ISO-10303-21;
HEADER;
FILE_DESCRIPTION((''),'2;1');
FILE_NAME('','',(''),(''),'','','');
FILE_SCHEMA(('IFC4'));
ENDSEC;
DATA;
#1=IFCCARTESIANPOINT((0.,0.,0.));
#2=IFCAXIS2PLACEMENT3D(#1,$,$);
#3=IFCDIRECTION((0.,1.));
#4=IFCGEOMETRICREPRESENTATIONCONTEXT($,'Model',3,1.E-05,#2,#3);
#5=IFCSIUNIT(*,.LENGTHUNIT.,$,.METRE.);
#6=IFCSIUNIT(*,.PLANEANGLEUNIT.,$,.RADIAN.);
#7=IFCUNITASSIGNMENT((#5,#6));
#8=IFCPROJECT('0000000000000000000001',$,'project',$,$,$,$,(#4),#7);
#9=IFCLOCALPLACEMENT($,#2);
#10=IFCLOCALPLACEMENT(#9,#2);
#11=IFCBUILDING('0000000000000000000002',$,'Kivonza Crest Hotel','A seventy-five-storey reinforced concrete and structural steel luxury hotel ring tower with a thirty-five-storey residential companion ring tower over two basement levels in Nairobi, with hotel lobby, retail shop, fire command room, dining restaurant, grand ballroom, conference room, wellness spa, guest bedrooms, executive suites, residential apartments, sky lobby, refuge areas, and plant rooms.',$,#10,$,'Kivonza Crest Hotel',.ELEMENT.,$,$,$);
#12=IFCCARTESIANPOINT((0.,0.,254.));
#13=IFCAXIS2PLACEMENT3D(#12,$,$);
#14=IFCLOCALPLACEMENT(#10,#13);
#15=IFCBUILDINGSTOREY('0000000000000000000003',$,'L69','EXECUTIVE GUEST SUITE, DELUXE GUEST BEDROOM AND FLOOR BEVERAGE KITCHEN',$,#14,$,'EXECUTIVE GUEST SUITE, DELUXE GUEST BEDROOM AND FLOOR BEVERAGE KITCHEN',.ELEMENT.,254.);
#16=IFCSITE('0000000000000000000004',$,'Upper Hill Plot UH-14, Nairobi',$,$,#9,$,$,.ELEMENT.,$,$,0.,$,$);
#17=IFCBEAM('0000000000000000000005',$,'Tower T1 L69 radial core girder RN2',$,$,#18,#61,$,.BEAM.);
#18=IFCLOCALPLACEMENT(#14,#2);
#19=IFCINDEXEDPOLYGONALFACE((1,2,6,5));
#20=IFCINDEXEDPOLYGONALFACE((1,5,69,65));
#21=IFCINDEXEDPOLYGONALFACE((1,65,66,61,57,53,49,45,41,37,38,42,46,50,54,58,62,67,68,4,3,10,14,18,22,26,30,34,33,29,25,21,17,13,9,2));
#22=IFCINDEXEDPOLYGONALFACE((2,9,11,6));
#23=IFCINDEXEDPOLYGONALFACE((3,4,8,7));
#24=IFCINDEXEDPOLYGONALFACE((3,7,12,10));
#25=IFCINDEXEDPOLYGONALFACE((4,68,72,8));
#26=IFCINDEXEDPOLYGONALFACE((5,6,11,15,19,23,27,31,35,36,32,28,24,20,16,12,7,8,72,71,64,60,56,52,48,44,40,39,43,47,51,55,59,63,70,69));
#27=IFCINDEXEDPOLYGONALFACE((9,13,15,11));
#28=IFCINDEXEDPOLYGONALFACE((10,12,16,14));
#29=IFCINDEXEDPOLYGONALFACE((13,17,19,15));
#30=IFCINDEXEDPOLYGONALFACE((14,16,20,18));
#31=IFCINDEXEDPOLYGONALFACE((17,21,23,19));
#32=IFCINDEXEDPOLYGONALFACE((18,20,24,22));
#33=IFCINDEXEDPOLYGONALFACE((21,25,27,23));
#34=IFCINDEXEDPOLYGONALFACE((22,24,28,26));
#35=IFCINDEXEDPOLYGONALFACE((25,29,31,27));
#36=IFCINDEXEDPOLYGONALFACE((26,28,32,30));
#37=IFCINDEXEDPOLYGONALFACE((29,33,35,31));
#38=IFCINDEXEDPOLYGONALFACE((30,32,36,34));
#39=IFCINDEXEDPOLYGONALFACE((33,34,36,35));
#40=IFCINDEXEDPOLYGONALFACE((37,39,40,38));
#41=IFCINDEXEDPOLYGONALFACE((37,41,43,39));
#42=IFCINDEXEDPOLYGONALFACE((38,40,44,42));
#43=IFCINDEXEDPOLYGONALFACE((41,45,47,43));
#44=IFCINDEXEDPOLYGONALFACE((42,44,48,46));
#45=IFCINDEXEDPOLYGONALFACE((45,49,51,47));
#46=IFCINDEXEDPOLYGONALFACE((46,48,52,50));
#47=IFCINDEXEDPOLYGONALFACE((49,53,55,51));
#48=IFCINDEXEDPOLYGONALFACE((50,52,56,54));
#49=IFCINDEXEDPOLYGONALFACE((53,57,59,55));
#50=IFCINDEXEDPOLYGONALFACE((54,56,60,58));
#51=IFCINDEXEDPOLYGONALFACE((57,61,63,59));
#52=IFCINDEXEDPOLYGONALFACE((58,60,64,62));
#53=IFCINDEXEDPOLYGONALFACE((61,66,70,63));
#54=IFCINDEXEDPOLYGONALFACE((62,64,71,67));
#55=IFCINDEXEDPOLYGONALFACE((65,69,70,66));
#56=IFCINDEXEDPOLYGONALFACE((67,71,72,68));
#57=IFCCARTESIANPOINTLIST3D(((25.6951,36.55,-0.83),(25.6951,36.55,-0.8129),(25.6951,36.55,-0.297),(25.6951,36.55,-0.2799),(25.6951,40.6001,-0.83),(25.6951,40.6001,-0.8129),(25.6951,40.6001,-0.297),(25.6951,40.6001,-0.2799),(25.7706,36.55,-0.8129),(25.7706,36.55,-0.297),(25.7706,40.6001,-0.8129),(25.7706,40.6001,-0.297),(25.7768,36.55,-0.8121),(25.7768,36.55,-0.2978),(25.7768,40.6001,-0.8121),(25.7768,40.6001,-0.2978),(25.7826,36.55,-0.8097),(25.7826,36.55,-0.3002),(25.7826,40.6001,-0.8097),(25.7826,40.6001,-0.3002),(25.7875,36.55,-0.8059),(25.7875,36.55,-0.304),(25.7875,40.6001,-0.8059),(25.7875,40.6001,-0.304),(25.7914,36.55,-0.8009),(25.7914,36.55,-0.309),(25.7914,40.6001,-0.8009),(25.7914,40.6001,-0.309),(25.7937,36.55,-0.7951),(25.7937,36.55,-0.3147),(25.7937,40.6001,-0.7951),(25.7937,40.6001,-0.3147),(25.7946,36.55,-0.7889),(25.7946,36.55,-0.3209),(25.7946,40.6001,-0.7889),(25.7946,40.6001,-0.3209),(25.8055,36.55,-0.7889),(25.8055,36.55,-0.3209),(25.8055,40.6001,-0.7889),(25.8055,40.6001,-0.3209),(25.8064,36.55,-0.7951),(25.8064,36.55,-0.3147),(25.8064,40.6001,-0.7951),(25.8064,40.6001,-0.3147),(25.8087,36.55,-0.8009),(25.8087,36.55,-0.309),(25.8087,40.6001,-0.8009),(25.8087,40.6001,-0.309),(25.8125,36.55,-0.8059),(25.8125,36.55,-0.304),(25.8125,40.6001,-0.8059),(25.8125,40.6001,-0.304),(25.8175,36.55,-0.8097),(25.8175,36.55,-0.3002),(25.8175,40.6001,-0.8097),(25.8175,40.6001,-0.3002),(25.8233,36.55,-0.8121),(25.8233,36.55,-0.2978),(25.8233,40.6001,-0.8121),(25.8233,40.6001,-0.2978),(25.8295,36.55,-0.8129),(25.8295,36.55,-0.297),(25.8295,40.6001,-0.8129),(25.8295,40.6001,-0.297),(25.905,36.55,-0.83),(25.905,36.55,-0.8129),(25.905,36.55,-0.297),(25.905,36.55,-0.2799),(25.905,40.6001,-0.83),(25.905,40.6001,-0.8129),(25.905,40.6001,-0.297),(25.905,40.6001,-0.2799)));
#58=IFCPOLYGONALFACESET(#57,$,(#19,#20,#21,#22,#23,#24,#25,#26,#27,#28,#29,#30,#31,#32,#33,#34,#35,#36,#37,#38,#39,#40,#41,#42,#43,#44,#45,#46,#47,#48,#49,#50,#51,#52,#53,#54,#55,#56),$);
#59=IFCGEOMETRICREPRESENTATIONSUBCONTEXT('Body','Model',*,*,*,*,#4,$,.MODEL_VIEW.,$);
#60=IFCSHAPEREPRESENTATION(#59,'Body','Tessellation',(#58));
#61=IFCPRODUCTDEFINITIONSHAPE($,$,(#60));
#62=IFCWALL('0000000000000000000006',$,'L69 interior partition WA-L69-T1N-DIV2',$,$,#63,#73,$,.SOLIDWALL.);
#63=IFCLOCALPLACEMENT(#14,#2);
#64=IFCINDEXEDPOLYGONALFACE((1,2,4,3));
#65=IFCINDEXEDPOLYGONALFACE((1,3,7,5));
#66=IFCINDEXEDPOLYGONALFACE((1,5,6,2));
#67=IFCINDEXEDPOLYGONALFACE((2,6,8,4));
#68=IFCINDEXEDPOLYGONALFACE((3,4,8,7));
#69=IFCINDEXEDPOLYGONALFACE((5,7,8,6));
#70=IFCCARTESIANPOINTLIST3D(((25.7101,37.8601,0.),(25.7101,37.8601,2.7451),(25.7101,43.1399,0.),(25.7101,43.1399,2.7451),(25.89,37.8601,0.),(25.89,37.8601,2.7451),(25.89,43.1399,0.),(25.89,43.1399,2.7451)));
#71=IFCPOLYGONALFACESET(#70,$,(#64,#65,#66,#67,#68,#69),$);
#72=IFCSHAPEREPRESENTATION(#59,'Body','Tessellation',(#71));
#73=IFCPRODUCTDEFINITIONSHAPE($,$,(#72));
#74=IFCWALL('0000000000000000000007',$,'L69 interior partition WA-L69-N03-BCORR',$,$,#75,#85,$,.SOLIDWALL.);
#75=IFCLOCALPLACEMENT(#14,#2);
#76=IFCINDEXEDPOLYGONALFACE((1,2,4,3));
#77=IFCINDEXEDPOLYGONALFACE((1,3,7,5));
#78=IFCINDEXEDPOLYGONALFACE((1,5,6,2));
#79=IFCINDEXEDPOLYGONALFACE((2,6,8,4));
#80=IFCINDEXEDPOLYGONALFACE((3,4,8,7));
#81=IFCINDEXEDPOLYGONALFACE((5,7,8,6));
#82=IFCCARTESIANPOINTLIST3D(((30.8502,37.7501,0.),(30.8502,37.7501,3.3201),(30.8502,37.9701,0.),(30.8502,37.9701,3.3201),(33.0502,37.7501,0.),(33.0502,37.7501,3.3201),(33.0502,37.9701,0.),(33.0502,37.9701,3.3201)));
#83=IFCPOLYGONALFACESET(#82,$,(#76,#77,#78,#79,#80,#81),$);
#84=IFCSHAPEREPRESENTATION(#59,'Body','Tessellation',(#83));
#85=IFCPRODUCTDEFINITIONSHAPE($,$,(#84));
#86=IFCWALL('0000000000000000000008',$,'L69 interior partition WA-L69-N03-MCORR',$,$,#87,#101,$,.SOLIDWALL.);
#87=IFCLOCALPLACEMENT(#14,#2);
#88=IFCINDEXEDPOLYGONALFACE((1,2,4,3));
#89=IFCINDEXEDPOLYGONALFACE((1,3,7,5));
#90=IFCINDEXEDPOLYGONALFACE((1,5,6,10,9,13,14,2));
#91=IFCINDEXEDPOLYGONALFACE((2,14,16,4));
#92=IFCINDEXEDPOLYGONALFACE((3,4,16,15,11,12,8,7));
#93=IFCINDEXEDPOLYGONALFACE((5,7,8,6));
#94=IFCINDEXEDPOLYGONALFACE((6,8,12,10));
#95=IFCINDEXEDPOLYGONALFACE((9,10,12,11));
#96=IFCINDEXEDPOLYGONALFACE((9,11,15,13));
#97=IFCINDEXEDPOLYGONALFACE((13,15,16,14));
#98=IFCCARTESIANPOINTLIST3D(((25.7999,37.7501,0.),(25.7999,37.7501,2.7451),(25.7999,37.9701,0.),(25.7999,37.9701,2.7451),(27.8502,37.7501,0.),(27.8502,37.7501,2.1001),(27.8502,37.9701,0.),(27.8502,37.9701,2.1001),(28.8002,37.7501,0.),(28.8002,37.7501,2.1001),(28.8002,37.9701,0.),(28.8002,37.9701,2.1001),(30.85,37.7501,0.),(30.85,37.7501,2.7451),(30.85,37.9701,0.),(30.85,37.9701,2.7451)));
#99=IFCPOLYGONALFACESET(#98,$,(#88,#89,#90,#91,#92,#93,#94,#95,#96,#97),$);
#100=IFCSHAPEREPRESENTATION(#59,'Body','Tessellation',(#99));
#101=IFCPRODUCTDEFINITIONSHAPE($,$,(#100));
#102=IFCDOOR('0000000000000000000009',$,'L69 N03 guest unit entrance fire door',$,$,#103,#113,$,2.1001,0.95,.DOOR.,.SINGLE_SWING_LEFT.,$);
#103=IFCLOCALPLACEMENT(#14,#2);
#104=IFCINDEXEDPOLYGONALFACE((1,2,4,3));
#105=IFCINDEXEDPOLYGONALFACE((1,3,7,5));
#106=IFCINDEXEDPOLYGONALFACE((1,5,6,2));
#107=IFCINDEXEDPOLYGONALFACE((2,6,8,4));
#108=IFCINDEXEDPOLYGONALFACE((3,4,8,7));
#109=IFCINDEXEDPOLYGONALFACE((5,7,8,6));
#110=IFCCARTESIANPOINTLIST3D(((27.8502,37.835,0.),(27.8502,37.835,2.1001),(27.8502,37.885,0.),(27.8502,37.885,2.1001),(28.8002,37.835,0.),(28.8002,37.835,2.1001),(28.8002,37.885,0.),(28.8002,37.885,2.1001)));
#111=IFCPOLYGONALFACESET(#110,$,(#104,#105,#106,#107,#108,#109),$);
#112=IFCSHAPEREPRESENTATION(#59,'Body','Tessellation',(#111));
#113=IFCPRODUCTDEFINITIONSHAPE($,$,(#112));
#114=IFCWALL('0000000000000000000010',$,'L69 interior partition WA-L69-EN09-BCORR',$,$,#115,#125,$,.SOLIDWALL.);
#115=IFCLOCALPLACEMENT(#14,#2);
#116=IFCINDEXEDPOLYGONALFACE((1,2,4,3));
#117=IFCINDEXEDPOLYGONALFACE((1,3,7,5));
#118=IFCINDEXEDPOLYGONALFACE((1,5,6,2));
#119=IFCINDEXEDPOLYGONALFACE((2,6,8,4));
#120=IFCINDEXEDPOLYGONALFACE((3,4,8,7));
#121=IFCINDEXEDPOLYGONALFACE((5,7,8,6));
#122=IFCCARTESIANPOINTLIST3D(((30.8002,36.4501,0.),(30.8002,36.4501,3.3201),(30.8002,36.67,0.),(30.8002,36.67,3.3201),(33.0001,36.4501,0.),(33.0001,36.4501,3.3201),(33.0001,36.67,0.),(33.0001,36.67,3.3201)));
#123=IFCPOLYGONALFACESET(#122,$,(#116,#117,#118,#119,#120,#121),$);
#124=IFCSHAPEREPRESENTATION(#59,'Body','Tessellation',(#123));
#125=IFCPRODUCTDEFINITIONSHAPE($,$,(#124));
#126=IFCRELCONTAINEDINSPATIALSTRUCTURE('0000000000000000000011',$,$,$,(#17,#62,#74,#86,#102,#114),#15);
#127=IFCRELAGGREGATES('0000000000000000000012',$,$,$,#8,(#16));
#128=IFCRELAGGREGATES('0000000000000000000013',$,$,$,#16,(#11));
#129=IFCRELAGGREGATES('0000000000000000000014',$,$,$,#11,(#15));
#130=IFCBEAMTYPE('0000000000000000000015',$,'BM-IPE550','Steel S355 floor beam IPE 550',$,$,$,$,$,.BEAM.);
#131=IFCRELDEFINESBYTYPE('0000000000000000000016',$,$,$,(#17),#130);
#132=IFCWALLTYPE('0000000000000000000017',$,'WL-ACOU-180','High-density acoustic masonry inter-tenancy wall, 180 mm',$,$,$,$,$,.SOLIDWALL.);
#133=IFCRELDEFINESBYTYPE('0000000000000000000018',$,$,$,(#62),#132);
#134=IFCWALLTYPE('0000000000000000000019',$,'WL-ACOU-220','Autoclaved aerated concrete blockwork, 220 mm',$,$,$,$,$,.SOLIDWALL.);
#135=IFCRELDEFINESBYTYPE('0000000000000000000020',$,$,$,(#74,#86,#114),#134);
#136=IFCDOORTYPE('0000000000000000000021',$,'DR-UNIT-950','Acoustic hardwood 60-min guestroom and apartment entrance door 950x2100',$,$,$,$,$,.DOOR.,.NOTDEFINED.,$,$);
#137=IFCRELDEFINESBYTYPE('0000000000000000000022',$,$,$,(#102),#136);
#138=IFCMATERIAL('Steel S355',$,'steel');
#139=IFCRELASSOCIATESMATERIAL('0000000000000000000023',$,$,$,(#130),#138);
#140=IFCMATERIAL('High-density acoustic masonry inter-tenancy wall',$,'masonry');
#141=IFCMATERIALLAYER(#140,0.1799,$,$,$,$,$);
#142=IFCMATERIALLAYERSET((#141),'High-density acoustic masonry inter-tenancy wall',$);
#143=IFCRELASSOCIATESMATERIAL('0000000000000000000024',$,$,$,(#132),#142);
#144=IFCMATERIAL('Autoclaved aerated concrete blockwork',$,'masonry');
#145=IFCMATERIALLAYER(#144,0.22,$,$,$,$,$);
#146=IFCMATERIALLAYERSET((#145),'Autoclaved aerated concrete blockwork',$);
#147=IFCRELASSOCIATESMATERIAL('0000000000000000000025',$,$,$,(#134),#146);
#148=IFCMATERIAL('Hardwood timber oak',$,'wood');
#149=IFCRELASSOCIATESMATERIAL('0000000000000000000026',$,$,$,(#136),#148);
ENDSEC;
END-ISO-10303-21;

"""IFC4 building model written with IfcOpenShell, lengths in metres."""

from ifc_helpers import new_model, si_unit, direction, frame, frame_2d, origin, origin_2d, place, context, subcontext, project, spatial, rectangle, i_section, extrude, material, layer, layer_set, material_profile, profile_set, type_object, element, fill, save


model = new_model("IFC4")

# Units and contexts
model_context = context("Model", 3, precision=1e-05, world=origin(), true_north=direction((0.0, 1.0)))
body_context = subcontext(model_context, "Body", "Model", "MODEL_VIEW")
ifc_project = project(units=[si_unit("LENGTHUNIT", "METRE"), si_unit("PLANEANGLEUNIT", "RADIAN")], contexts=[model_context])

# Site, building, storey
site_placement = place(None, origin())
site = spatial("IfcSite", under=ifc_project, at=site_placement, Name="Upper Hill Plot UH-14, Nairobi", CompositionType="ELEMENT", RefElevation=0.0)
building_placement = place(site_placement, origin())
building = spatial("IfcBuilding", under=site, at=building_placement, Name="Kivonza Crest Hotel", Description="A seventy-five-storey reinforced concrete and structural steel luxury hotel ring tower with a thirty-five-storey residential companion ring tower over two basement levels in Nairobi, with hotel lobby, retail shop, fire command room, dining restaurant, grand ballroom, conference room, wellness spa, guest bedrooms, executive suites, residential apartments, sky lobby, refuge areas, and plant rooms.", LongName="Kivonza Crest Hotel", CompositionType="ELEMENT")
storey_placement = place(building_placement, frame((0.0, 0.0, 254.0)))
storey = spatial("IfcBuildingStorey", under=building, at=storey_placement, Name="L69", Description="EXECUTIVE GUEST SUITE, DELUXE GUEST BEDROOM AND FLOOR BEVERAGE KITCHEN", LongName="EXECUTIVE GUEST SUITE, DELUXE GUEST BEDROOM AND FLOOR BEVERAGE KITCHEN", CompositionType="ELEMENT", Elevation=254.0)

# Beam
ifc_material_1 = material(Name="Steel S355", Category="steel")
ifc_material_profile_1 = material_profile(ifc_material_1, i_section(OverallWidth=0.21, OverallDepth=0.55, WebThickness=0.011, FlangeThickness=0.0171, FilletRadius=0.0239, at=origin_2d()), Name="IPE 550")
ifc_profile_set_1 = profile_set([ifc_material_profile_1], Name="Steel S355")
beam_type_1 = type_object("IfcBeamType", Name="BM-IPE550", Description="Steel S355 floor beam IPE 550", PredefinedType="BEAM", material=ifc_profile_set_1)
beam_1_placement = place(storey_placement, frame((25.8, 40.6001, -0.5549), z_axis=(0.0, -1.0, 0.0), x_axis=(1.0, 0.0, 0.0)))
element("IfcBeam", 1, at=beam_1_placement, inside=storey, type_object=beam_type_1, Name="Tower T1 L69 radial core girder RN2", PredefinedType="BEAM", context=body_context, shape_type="SweptSolid", body=[
    extrude(i_section(OverallWidth=0.21, OverallDepth=0.55, WebThickness=0.011, FlangeThickness=0.0171, FilletRadius=0.0239, at=origin_2d()), origin(), (0.0, 0.0, 1.0), 4.05),
])

# Walls
ifc_material_2 = material(Name="High-density acoustic masonry inter-tenancy wall", Category="masonry")
ifc_layer_1 = layer(ifc_material_2, 0.1799)
ifc_layer_set_1 = layer_set([ifc_layer_1], Name="High-density acoustic masonry inter-tenancy wall")
wall_type_1 = type_object("IfcWallType", Name="WL-ACOU-180", Description="High-density acoustic masonry inter-tenancy wall, 180 mm", PredefinedType="SOLIDWALL", material=ifc_layer_set_1)
wall_1_placement = place(storey_placement, frame((25.8, 37.8601, 0.0), z_axis=(0.0, 0.0, 1.0), x_axis=(0.0, 1.0, 0.0)))
element("IfcWall", 2, at=wall_1_placement, inside=storey, type_object=wall_type_1, Name="L69 interior partition WA-L69-T1N-DIV2", PredefinedType="SOLIDWALL", context=body_context, shape_type="SweptSolid", body=[
    extrude(rectangle(XDim=5.2798, YDim=0.1799, at=frame_2d((2.6399, 0.0))), origin(), (0.0, 0.0, 1.0), 2.7451),
])
ifc_material_3 = material(Name="Autoclaved aerated concrete blockwork", Category="masonry")
ifc_layer_2 = layer(ifc_material_3, 0.22)
ifc_layer_set_2 = layer_set([ifc_layer_2], Name="Autoclaved aerated concrete blockwork")
wall_type_2 = type_object("IfcWallType", Name="WL-ACOU-220", Description="Autoclaved aerated concrete blockwork, 220 mm", PredefinedType="SOLIDWALL", material=ifc_layer_set_2)
wall_2_placement = place(storey_placement, frame((30.8501, 37.8601, 0.0), z_axis=(0.0, 0.0, 1.0), x_axis=(1.0, 0.0, 0.0)))
element("IfcWall", 3, at=wall_2_placement, inside=storey, type_object=wall_type_2, Name="L69 interior partition WA-L69-N03-BCORR", PredefinedType="SOLIDWALL", context=body_context, shape_type="SweptSolid", body=[
    extrude(rectangle(XDim=2.2, YDim=0.22, at=frame_2d((1.1001, 0.0))), origin(), (0.0, 0.0, 1.0), 3.3201),
])

# Wall, opening, door
wall_3_placement = place(storey_placement, frame((25.8, 37.8601, 0.0), z_axis=(0.0, 0.0, 1.0), x_axis=(1.0, 0.0, 0.0)))
wall_3 = element("IfcWall", 4, at=wall_3_placement, inside=storey, type_object=wall_type_2, Name="L69 interior partition WA-L69-N03-MCORR", PredefinedType="SOLIDWALL", context=body_context, shape_type="SweptSolid", body=[
    extrude(rectangle(XDim=5.05, YDim=0.22, at=frame_2d((2.5249, 0.0))), origin(), (0.0, 0.0, 1.0), 2.7451),
])
opening_1_placement = place(wall_3_placement, frame((2.05, 0.0, 0.0)))
opening_1 = element("IfcOpeningElement", 5, at=opening_1_placement, cuts=wall_3, PredefinedType="OPENING", context=body_context, shape_type="SweptSolid", body=[
    extrude(rectangle(XDim=0.95, YDim=2.1001, at=frame_2d((0.4751, 1.05))), frame((0.0, 0.1201, 0.0), z_axis=(0.0, -1.0, 0.0), x_axis=(1.0, 0.0, 0.0)), (0.0, 0.0, 1.0), 0.24),
])
ifc_material_4 = material(Name="Hardwood timber oak", Category="wood")
door_type_1 = type_object("IfcDoorType", Name="DR-UNIT-950", Description="Acoustic hardwood 60-min guestroom and apartment entrance door 950x2100", OperationType="NOTDEFINED", PredefinedType="DOOR", material=ifc_material_4)
door_1_placement = place(opening_1_placement, origin())
door_1 = element("IfcDoor", 6, at=door_1_placement, inside=storey, type_object=door_type_1, Name="L69 N03 guest unit entrance fire door", OperationType="SINGLE_SWING_LEFT", OverallHeight=2.1001, OverallWidth=0.95, PredefinedType="DOOR", context=body_context, shape_type="SweptSolid", body=[
    extrude(rectangle(XDim=0.95, YDim=2.1001, at=frame_2d((0.4751, 1.05))), frame((0.0, 0.0249, 0.0), z_axis=(0.0, -1.0, 0.0), x_axis=(1.0, 0.0, 0.0)), (0.0, 0.0, 1.0), 0.05),
])
fill(opening_1, door_1)

# Wall
wall_4_placement = place(storey_placement, frame((30.8, 36.5601, 0.0), z_axis=(0.0, 0.0, 1.0), x_axis=(1.0, 0.0, 0.0)))
element("IfcWall", 7, at=wall_4_placement, inside=storey, type_object=wall_type_2, Name="L69 interior partition WA-L69-EN09-BCORR", PredefinedType="SOLIDWALL", context=body_context, shape_type="SweptSolid", body=[
    extrude(rectangle(XDim=2.2, YDim=0.22, at=frame_2d((1.1001, 0.0))), origin(), (0.0, 0.0, 1.0), 3.3201),
])

save(model, "model.ifc")
